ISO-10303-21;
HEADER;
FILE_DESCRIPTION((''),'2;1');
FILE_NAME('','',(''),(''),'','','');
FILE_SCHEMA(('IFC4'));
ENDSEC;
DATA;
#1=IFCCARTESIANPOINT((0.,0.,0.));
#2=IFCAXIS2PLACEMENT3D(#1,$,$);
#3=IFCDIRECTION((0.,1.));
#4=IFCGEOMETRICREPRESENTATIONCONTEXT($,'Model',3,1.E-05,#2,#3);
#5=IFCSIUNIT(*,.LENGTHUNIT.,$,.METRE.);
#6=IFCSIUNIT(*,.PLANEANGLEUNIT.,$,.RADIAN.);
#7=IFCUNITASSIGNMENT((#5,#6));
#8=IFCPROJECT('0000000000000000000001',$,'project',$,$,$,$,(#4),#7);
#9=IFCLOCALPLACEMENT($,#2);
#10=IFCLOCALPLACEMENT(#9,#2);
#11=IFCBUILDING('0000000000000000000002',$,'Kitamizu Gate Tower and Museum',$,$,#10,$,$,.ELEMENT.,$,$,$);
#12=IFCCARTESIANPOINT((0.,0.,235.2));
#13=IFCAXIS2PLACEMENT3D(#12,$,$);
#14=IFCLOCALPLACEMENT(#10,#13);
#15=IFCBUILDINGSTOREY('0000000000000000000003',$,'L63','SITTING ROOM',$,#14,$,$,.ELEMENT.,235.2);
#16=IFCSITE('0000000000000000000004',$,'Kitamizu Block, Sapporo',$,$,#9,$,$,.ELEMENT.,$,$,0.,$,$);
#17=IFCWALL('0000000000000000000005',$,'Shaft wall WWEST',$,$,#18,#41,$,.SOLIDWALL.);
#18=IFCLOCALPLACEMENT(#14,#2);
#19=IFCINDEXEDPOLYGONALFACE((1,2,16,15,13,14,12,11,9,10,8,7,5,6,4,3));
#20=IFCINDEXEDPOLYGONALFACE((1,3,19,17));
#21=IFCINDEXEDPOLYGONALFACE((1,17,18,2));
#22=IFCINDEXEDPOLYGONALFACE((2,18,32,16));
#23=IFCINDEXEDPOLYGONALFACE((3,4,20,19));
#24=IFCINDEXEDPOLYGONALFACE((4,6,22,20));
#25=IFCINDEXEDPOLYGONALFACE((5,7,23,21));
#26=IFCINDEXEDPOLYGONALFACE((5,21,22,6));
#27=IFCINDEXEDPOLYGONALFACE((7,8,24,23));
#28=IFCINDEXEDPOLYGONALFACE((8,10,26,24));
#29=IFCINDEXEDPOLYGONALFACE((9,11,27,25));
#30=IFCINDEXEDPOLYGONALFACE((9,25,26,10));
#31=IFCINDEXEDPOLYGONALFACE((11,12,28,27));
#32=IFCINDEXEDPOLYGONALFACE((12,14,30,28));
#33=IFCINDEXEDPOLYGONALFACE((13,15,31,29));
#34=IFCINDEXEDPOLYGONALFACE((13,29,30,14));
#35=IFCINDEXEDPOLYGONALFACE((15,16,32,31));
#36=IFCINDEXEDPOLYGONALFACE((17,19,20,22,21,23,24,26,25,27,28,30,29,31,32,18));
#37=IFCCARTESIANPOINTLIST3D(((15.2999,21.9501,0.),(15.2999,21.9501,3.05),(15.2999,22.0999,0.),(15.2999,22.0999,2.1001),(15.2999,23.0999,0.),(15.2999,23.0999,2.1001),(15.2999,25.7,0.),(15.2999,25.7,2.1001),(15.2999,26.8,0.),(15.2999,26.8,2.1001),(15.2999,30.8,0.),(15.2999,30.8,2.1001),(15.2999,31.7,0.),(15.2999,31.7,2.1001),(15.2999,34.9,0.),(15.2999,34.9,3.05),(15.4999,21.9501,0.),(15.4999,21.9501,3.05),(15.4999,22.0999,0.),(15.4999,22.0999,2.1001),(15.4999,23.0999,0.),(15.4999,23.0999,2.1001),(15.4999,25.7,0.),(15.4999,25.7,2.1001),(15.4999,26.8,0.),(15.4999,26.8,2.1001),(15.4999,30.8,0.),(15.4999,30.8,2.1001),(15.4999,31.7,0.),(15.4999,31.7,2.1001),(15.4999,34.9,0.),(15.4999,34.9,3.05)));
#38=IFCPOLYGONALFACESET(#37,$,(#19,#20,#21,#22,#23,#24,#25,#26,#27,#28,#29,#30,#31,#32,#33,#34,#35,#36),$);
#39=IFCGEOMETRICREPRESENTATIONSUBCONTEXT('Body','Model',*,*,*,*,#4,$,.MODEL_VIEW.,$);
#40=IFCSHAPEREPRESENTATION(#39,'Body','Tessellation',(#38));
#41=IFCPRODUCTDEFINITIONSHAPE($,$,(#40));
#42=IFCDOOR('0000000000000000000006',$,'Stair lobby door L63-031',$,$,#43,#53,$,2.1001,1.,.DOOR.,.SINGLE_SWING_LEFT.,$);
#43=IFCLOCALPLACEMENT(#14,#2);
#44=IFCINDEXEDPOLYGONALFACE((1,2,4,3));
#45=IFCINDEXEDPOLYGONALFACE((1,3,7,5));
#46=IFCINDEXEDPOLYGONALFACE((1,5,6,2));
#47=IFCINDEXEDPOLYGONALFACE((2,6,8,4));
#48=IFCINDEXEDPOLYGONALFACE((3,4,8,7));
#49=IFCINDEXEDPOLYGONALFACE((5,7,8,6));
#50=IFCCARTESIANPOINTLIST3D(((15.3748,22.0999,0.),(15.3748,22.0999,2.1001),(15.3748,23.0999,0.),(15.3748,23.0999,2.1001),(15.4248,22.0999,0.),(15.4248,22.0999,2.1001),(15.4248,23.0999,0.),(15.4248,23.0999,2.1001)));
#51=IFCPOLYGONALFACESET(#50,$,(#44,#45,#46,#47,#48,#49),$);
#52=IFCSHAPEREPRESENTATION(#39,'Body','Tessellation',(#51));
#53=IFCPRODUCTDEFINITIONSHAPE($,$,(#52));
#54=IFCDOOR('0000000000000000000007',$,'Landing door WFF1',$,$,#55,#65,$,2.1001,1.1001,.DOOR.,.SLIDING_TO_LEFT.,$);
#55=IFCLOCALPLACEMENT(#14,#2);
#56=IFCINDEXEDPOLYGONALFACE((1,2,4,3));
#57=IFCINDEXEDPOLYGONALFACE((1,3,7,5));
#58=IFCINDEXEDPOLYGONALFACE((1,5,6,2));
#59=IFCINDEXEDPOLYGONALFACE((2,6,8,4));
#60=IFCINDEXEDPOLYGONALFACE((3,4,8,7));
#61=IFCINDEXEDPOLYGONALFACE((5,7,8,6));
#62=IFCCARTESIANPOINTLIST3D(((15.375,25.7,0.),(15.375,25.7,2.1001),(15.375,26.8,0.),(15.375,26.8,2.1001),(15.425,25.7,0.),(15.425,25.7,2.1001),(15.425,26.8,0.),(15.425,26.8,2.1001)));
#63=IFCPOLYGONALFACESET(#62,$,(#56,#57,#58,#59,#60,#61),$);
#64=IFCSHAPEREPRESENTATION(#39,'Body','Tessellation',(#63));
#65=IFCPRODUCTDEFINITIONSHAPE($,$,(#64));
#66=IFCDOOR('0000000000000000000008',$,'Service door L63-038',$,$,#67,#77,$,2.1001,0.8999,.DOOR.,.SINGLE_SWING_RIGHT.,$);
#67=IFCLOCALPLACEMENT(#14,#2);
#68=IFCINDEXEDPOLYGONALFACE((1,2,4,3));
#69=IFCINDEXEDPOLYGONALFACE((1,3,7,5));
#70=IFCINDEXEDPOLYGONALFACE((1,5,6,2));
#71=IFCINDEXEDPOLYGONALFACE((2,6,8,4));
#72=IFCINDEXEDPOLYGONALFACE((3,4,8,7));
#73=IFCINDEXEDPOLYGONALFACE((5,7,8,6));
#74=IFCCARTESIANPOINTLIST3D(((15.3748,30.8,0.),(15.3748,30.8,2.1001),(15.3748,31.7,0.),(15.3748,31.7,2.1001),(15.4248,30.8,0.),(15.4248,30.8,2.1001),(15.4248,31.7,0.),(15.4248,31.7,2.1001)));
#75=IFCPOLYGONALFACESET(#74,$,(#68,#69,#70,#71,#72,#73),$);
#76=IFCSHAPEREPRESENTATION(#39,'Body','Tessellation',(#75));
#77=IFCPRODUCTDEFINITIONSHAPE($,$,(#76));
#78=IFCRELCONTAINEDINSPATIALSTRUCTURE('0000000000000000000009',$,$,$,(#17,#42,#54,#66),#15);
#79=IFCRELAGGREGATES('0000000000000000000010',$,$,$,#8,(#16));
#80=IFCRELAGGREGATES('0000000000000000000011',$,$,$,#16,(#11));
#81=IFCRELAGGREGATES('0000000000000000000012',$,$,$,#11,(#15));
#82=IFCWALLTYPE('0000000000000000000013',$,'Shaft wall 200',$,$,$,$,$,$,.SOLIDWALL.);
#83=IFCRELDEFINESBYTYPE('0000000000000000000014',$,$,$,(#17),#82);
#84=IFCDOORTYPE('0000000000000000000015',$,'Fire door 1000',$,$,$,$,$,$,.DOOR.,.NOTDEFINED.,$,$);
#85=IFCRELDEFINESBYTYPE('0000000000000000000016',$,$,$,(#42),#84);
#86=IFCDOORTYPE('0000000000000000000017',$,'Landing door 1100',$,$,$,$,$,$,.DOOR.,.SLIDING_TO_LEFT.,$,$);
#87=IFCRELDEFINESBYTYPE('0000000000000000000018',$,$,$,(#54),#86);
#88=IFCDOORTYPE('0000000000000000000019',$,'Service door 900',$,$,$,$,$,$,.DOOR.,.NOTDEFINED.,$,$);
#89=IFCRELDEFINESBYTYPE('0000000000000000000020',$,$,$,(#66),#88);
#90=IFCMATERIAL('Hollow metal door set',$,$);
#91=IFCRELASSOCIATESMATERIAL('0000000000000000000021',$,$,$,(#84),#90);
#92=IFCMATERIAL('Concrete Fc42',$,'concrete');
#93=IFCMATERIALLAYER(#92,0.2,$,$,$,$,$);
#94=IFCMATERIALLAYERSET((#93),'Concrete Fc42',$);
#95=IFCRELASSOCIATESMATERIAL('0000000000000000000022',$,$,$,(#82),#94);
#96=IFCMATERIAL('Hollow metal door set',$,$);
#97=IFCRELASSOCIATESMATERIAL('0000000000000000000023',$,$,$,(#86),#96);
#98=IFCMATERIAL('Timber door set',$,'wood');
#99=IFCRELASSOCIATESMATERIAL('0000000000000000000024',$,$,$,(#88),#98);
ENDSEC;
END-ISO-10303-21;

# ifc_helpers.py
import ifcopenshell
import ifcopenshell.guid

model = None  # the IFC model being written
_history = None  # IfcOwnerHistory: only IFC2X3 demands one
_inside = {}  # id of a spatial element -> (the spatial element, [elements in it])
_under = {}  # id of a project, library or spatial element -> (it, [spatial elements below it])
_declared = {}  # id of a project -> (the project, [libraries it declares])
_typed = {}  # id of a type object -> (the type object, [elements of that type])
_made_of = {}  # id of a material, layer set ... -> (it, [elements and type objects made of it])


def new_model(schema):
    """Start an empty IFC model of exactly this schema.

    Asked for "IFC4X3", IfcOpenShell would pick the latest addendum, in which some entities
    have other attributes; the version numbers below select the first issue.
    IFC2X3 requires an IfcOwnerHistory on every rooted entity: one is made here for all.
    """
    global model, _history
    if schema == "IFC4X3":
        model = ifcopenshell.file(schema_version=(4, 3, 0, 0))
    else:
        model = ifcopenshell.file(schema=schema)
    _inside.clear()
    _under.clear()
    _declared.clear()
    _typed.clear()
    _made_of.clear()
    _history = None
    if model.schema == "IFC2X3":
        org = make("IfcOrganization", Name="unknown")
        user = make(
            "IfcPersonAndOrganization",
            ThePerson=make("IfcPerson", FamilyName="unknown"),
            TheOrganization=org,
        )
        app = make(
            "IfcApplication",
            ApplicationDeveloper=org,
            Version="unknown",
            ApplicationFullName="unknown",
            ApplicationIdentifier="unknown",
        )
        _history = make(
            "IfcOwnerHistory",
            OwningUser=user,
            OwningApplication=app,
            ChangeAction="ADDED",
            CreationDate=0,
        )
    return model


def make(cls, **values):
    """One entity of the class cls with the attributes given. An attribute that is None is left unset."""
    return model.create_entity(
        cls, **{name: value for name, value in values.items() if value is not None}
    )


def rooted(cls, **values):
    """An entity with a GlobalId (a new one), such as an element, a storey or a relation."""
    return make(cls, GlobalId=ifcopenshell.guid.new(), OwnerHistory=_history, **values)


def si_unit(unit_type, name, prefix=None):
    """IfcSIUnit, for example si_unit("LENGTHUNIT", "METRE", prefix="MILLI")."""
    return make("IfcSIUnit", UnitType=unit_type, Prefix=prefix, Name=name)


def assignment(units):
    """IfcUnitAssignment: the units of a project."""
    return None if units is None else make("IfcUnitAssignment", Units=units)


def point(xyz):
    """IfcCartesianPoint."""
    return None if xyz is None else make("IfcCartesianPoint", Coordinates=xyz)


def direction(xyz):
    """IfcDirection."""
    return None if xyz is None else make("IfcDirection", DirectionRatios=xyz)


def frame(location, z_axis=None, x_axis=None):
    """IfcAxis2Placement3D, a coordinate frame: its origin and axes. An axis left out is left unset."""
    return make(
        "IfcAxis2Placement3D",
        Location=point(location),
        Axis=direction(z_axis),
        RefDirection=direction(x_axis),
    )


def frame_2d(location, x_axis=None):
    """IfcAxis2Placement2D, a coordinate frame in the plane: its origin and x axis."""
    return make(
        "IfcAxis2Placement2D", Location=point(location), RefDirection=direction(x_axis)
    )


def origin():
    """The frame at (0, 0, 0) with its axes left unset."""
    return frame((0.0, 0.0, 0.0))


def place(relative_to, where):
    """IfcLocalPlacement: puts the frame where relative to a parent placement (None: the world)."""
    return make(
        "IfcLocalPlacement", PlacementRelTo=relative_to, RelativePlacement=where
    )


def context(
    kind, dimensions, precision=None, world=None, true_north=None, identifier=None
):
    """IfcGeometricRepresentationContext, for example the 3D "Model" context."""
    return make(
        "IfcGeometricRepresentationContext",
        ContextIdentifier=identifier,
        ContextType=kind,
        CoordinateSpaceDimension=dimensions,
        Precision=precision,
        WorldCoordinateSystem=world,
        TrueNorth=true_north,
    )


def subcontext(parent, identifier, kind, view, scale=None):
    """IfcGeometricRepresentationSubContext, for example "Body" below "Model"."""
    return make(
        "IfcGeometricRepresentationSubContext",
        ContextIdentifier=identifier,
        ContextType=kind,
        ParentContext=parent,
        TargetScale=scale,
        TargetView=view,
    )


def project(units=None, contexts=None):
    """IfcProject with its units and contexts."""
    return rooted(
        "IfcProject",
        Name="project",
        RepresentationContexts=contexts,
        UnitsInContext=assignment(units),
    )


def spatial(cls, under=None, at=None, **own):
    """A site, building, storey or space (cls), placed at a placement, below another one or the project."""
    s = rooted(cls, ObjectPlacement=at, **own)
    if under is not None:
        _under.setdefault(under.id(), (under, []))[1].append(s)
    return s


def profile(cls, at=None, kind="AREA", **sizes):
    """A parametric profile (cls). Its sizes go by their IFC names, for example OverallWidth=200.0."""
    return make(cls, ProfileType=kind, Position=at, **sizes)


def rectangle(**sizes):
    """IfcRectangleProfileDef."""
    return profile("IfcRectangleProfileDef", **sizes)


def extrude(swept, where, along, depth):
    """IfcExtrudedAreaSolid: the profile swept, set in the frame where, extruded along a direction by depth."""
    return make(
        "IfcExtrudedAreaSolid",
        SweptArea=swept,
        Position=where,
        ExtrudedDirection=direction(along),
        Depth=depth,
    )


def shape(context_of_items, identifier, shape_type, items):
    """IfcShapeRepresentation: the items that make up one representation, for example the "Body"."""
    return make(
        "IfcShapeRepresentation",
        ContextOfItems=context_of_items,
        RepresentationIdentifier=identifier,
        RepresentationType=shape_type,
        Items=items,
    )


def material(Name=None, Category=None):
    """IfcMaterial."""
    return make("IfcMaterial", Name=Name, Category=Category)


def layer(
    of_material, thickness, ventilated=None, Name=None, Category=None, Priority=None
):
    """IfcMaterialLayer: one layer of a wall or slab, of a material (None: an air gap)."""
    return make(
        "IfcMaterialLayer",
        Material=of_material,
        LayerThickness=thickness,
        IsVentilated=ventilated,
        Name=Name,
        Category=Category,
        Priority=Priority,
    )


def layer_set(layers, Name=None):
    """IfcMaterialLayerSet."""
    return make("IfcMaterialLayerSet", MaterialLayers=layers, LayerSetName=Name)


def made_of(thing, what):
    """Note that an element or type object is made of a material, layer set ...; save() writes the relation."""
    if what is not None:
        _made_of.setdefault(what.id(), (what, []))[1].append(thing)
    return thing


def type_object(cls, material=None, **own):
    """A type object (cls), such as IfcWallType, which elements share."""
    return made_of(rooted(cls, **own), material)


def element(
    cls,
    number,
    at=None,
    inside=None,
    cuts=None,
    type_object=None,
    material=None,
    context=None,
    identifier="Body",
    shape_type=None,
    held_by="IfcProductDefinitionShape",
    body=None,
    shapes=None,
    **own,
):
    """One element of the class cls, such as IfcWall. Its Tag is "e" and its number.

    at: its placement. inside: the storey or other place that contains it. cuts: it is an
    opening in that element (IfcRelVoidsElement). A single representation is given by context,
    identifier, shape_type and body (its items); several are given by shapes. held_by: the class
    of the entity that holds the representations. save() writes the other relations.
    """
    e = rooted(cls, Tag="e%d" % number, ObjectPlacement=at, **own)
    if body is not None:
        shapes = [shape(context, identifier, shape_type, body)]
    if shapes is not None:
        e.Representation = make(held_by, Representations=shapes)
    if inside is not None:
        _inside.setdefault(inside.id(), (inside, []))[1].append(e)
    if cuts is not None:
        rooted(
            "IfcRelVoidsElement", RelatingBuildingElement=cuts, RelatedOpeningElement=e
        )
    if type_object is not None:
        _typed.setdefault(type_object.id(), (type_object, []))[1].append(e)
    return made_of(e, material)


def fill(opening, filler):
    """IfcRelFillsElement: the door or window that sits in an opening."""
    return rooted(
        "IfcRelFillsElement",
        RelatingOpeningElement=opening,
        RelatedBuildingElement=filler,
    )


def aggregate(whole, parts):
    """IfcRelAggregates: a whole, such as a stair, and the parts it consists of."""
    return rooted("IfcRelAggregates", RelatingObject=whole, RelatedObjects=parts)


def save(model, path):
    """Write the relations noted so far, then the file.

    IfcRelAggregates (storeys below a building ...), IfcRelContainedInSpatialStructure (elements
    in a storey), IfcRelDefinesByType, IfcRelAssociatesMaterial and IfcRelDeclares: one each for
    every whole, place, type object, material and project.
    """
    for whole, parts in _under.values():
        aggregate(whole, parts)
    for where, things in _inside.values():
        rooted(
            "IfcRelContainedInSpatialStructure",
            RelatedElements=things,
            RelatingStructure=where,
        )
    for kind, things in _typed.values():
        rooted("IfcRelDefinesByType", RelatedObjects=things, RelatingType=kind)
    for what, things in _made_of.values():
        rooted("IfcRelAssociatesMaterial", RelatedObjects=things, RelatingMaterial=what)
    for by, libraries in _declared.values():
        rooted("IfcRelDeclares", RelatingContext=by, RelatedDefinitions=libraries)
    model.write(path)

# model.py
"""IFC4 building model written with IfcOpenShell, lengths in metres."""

from ifc_helpers import new_model, si_unit, direction, frame, frame_2d, origin, place, context, subcontext, project, spatial, rectangle, extrude, material, layer, layer_set, type_object, element, fill, save


model = new_model("IFC4")

# Units and contexts
model_context = context("Model", 3, precision=1e-05, world=origin(), true_north=direction((0.0, 1.0)))
body_context = subcontext(model_context, "Body", "Model", "MODEL_VIEW")
ifc_project = project(units=[si_unit("LENGTHUNIT", "METRE"), si_unit("PLANEANGLEUNIT", "RADIAN")], contexts=[model_context])

# Site, building, storey
site_placement = place(None, origin())
site = spatial("IfcSite", under=ifc_project, at=site_placement, Name="Kitamizu Block, Sapporo", CompositionType="ELEMENT", RefElevation=0.0)
building_placement = place(site_placement, origin())
building = spatial("IfcBuilding", under=site, at=building_placement, Name="Kitamizu Gate Tower and Museum", CompositionType="ELEMENT")
storey_placement = place(building_placement, frame((0.0, 0.0, 235.2)))
storey = spatial("IfcBuildingStorey", under=building, at=storey_placement, Name="L63", Description="SITTING ROOM", CompositionType="ELEMENT", Elevation=235.2)

# Shared definitions
ifc_material_1 = material(Name="Hollow metal door set")
door_type_1 = type_object("IfcDoorType", Name="Fire door 1000", OperationType="NOTDEFINED", PredefinedType="DOOR", material=ifc_material_1)

# Wall, openings, doors
ifc_material_2 = material(Name="Concrete Fc42", Category="concrete")
ifc_layer_1 = layer(ifc_material_2, 0.2)
ifc_layer_set_1 = layer_set([ifc_layer_1], Name="Concrete Fc42")
wall_type_1 = type_object("IfcWallType", Name="Shaft wall 200", PredefinedType="SOLIDWALL", material=ifc_layer_set_1)
wall_1_placement = place(storey_placement, frame((15.3999, 21.95, 0.0), z_axis=(0.0, 0.0, 1.0), x_axis=(0.0, 1.0, 0.0)))
wall_1 = element("IfcWall", 1, at=wall_1_placement, inside=storey, type_object=wall_type_1, Name="Shaft wall WWEST", PredefinedType="SOLIDWALL", context=body_context, shape_type="SweptSolid", body=[
    extrude(rectangle(XDim=12.95, YDim=0.2, at=frame_2d((6.4751, 0.0))), origin(), (0.0, 0.0, 1.0), 3.05),
])
opening_1_placement = place(wall_1_placement, frame((3.75, 0.0, 0.0)))
opening_1 = element("IfcOpeningElement", 2, at=opening_1_placement, cuts=wall_1, PredefinedType="OPENING", context=body_context, shape_type="SweptSolid", body=[
    extrude(rectangle(XDim=1.1001, YDim=2.1001, at=frame_2d((0.55, 1.05))), frame((0.0, 0.1099, 0.0), z_axis=(0.0, -1.0, 0.0), x_axis=(1.0, 0.0, 0.0)), (0.0, 0.0, 1.0), 0.22),
])
opening_2_placement = place(wall_1_placement, frame((0.1499, 0.0, 0.0)))
opening_2 = element("IfcOpeningElement", 3, at=opening_2_placement, cuts=wall_1, PredefinedType="OPENING", context=body_context, shape_type="SweptSolid", body=[
    extrude(rectangle(XDim=1.0, YDim=2.1001, at=frame_2d((0.5, 1.05))), frame((0.0, 0.1099, 0.0), z_axis=(0.0, -1.0, 0.0), x_axis=(1.0, 0.0, 0.0)), (0.0, 0.0, 1.0), 0.22),
])
opening_3_placement = place(wall_1_placement, frame((8.8501, 0.0, 0.0)))
opening_3 = element("IfcOpeningElement", 4, at=opening_3_placement, cuts=wall_1, PredefinedType="OPENING", context=body_context, shape_type="SweptSolid", body=[
    extrude(rectangle(XDim=0.8999, YDim=2.1001, at=frame_2d((0.45, 1.05))), frame((0.0, 0.1099, 0.0), z_axis=(0.0, -1.0, 0.0), x_axis=(1.0, 0.0, 0.0)), (0.0, 0.0, 1.0), 0.22),
])
door_1_placement = place(opening_2_placement, frame((1.0, 0.0, 0.0), x_axis=(-1.0, 0.0, 0.0)))
door_1 = element("IfcDoor", 5, at=door_1_placement, inside=storey, type_object=door_type_1, Name="Stair lobby door L63-031", OperationType="SINGLE_SWING_LEFT", OverallHeight=2.1001, OverallWidth=1.0, PredefinedType="DOOR", context=body_context, shape_type="SweptSolid", body=[
    extrude(rectangle(XDim=1.0, YDim=2.1001, at=frame_2d((0.5, 1.05))), frame((0.0, 0.0249, 0.0), z_axis=(0.0, -1.0, 0.0), x_axis=(1.0, 0.0, 0.0)), (0.0, 0.0, 1.0), 0.05),
])
fill(opening_2, door_1)
ifc_material_3 = material(Name="Hollow metal door set")
door_type_2 = type_object("IfcDoorType", Name="Landing door 1100", OperationType="SLIDING_TO_LEFT", PredefinedType="DOOR", material=ifc_material_3)
door_2_placement = place(opening_1_placement, origin())
door_2 = element("IfcDoor", 6, at=door_2_placement, inside=storey, type_object=door_type_2, Name="Landing door WFF1", OperationType="SLIDING_TO_LEFT", OverallHeight=2.1001, OverallWidth=1.1001, PredefinedType="DOOR", context=body_context, shape_type="SweptSolid", body=[
    extrude(rectangle(XDim=1.1001, YDim=2.1001, at=frame_2d((0.55, 1.05))), frame((0.0, 0.0249, 0.0), z_axis=(0.0, -1.0, 0.0), x_axis=(1.0, 0.0, 0.0)), (0.0, 0.0, 1.0), 0.05),
])
fill(opening_1, door_2)
ifc_material_4 = material(Name="Timber door set", Category="wood")
door_type_3 = type_object("IfcDoorType", Name="Service door 900", OperationType="NOTDEFINED", PredefinedType="DOOR", material=ifc_material_4)
door_3_placement = place(opening_3_placement, frame((0.8999, 0.0, 0.0), x_axis=(-1.0, 0.0, 0.0)))
door_3 = element("IfcDoor", 7, at=door_3_placement, inside=storey, type_object=door_type_3, Name="Service door L63-038", OperationType="SINGLE_SWING_RIGHT", OverallHeight=2.1001, OverallWidth=0.8999, PredefinedType="DOOR", context=body_context, shape_type="SweptSolid", body=[
    extrude(rectangle(XDim=0.8999, YDim=2.1001, at=frame_2d((0.45, 1.05))), frame((0.0, 0.0249, 0.0), z_axis=(0.0, -1.0, 0.0), x_axis=(1.0, 0.0, 0.0)), (0.0, 0.0, 1.0), 0.05),
])
fill(opening_3, door_3)

save(model, "model.ifc")
